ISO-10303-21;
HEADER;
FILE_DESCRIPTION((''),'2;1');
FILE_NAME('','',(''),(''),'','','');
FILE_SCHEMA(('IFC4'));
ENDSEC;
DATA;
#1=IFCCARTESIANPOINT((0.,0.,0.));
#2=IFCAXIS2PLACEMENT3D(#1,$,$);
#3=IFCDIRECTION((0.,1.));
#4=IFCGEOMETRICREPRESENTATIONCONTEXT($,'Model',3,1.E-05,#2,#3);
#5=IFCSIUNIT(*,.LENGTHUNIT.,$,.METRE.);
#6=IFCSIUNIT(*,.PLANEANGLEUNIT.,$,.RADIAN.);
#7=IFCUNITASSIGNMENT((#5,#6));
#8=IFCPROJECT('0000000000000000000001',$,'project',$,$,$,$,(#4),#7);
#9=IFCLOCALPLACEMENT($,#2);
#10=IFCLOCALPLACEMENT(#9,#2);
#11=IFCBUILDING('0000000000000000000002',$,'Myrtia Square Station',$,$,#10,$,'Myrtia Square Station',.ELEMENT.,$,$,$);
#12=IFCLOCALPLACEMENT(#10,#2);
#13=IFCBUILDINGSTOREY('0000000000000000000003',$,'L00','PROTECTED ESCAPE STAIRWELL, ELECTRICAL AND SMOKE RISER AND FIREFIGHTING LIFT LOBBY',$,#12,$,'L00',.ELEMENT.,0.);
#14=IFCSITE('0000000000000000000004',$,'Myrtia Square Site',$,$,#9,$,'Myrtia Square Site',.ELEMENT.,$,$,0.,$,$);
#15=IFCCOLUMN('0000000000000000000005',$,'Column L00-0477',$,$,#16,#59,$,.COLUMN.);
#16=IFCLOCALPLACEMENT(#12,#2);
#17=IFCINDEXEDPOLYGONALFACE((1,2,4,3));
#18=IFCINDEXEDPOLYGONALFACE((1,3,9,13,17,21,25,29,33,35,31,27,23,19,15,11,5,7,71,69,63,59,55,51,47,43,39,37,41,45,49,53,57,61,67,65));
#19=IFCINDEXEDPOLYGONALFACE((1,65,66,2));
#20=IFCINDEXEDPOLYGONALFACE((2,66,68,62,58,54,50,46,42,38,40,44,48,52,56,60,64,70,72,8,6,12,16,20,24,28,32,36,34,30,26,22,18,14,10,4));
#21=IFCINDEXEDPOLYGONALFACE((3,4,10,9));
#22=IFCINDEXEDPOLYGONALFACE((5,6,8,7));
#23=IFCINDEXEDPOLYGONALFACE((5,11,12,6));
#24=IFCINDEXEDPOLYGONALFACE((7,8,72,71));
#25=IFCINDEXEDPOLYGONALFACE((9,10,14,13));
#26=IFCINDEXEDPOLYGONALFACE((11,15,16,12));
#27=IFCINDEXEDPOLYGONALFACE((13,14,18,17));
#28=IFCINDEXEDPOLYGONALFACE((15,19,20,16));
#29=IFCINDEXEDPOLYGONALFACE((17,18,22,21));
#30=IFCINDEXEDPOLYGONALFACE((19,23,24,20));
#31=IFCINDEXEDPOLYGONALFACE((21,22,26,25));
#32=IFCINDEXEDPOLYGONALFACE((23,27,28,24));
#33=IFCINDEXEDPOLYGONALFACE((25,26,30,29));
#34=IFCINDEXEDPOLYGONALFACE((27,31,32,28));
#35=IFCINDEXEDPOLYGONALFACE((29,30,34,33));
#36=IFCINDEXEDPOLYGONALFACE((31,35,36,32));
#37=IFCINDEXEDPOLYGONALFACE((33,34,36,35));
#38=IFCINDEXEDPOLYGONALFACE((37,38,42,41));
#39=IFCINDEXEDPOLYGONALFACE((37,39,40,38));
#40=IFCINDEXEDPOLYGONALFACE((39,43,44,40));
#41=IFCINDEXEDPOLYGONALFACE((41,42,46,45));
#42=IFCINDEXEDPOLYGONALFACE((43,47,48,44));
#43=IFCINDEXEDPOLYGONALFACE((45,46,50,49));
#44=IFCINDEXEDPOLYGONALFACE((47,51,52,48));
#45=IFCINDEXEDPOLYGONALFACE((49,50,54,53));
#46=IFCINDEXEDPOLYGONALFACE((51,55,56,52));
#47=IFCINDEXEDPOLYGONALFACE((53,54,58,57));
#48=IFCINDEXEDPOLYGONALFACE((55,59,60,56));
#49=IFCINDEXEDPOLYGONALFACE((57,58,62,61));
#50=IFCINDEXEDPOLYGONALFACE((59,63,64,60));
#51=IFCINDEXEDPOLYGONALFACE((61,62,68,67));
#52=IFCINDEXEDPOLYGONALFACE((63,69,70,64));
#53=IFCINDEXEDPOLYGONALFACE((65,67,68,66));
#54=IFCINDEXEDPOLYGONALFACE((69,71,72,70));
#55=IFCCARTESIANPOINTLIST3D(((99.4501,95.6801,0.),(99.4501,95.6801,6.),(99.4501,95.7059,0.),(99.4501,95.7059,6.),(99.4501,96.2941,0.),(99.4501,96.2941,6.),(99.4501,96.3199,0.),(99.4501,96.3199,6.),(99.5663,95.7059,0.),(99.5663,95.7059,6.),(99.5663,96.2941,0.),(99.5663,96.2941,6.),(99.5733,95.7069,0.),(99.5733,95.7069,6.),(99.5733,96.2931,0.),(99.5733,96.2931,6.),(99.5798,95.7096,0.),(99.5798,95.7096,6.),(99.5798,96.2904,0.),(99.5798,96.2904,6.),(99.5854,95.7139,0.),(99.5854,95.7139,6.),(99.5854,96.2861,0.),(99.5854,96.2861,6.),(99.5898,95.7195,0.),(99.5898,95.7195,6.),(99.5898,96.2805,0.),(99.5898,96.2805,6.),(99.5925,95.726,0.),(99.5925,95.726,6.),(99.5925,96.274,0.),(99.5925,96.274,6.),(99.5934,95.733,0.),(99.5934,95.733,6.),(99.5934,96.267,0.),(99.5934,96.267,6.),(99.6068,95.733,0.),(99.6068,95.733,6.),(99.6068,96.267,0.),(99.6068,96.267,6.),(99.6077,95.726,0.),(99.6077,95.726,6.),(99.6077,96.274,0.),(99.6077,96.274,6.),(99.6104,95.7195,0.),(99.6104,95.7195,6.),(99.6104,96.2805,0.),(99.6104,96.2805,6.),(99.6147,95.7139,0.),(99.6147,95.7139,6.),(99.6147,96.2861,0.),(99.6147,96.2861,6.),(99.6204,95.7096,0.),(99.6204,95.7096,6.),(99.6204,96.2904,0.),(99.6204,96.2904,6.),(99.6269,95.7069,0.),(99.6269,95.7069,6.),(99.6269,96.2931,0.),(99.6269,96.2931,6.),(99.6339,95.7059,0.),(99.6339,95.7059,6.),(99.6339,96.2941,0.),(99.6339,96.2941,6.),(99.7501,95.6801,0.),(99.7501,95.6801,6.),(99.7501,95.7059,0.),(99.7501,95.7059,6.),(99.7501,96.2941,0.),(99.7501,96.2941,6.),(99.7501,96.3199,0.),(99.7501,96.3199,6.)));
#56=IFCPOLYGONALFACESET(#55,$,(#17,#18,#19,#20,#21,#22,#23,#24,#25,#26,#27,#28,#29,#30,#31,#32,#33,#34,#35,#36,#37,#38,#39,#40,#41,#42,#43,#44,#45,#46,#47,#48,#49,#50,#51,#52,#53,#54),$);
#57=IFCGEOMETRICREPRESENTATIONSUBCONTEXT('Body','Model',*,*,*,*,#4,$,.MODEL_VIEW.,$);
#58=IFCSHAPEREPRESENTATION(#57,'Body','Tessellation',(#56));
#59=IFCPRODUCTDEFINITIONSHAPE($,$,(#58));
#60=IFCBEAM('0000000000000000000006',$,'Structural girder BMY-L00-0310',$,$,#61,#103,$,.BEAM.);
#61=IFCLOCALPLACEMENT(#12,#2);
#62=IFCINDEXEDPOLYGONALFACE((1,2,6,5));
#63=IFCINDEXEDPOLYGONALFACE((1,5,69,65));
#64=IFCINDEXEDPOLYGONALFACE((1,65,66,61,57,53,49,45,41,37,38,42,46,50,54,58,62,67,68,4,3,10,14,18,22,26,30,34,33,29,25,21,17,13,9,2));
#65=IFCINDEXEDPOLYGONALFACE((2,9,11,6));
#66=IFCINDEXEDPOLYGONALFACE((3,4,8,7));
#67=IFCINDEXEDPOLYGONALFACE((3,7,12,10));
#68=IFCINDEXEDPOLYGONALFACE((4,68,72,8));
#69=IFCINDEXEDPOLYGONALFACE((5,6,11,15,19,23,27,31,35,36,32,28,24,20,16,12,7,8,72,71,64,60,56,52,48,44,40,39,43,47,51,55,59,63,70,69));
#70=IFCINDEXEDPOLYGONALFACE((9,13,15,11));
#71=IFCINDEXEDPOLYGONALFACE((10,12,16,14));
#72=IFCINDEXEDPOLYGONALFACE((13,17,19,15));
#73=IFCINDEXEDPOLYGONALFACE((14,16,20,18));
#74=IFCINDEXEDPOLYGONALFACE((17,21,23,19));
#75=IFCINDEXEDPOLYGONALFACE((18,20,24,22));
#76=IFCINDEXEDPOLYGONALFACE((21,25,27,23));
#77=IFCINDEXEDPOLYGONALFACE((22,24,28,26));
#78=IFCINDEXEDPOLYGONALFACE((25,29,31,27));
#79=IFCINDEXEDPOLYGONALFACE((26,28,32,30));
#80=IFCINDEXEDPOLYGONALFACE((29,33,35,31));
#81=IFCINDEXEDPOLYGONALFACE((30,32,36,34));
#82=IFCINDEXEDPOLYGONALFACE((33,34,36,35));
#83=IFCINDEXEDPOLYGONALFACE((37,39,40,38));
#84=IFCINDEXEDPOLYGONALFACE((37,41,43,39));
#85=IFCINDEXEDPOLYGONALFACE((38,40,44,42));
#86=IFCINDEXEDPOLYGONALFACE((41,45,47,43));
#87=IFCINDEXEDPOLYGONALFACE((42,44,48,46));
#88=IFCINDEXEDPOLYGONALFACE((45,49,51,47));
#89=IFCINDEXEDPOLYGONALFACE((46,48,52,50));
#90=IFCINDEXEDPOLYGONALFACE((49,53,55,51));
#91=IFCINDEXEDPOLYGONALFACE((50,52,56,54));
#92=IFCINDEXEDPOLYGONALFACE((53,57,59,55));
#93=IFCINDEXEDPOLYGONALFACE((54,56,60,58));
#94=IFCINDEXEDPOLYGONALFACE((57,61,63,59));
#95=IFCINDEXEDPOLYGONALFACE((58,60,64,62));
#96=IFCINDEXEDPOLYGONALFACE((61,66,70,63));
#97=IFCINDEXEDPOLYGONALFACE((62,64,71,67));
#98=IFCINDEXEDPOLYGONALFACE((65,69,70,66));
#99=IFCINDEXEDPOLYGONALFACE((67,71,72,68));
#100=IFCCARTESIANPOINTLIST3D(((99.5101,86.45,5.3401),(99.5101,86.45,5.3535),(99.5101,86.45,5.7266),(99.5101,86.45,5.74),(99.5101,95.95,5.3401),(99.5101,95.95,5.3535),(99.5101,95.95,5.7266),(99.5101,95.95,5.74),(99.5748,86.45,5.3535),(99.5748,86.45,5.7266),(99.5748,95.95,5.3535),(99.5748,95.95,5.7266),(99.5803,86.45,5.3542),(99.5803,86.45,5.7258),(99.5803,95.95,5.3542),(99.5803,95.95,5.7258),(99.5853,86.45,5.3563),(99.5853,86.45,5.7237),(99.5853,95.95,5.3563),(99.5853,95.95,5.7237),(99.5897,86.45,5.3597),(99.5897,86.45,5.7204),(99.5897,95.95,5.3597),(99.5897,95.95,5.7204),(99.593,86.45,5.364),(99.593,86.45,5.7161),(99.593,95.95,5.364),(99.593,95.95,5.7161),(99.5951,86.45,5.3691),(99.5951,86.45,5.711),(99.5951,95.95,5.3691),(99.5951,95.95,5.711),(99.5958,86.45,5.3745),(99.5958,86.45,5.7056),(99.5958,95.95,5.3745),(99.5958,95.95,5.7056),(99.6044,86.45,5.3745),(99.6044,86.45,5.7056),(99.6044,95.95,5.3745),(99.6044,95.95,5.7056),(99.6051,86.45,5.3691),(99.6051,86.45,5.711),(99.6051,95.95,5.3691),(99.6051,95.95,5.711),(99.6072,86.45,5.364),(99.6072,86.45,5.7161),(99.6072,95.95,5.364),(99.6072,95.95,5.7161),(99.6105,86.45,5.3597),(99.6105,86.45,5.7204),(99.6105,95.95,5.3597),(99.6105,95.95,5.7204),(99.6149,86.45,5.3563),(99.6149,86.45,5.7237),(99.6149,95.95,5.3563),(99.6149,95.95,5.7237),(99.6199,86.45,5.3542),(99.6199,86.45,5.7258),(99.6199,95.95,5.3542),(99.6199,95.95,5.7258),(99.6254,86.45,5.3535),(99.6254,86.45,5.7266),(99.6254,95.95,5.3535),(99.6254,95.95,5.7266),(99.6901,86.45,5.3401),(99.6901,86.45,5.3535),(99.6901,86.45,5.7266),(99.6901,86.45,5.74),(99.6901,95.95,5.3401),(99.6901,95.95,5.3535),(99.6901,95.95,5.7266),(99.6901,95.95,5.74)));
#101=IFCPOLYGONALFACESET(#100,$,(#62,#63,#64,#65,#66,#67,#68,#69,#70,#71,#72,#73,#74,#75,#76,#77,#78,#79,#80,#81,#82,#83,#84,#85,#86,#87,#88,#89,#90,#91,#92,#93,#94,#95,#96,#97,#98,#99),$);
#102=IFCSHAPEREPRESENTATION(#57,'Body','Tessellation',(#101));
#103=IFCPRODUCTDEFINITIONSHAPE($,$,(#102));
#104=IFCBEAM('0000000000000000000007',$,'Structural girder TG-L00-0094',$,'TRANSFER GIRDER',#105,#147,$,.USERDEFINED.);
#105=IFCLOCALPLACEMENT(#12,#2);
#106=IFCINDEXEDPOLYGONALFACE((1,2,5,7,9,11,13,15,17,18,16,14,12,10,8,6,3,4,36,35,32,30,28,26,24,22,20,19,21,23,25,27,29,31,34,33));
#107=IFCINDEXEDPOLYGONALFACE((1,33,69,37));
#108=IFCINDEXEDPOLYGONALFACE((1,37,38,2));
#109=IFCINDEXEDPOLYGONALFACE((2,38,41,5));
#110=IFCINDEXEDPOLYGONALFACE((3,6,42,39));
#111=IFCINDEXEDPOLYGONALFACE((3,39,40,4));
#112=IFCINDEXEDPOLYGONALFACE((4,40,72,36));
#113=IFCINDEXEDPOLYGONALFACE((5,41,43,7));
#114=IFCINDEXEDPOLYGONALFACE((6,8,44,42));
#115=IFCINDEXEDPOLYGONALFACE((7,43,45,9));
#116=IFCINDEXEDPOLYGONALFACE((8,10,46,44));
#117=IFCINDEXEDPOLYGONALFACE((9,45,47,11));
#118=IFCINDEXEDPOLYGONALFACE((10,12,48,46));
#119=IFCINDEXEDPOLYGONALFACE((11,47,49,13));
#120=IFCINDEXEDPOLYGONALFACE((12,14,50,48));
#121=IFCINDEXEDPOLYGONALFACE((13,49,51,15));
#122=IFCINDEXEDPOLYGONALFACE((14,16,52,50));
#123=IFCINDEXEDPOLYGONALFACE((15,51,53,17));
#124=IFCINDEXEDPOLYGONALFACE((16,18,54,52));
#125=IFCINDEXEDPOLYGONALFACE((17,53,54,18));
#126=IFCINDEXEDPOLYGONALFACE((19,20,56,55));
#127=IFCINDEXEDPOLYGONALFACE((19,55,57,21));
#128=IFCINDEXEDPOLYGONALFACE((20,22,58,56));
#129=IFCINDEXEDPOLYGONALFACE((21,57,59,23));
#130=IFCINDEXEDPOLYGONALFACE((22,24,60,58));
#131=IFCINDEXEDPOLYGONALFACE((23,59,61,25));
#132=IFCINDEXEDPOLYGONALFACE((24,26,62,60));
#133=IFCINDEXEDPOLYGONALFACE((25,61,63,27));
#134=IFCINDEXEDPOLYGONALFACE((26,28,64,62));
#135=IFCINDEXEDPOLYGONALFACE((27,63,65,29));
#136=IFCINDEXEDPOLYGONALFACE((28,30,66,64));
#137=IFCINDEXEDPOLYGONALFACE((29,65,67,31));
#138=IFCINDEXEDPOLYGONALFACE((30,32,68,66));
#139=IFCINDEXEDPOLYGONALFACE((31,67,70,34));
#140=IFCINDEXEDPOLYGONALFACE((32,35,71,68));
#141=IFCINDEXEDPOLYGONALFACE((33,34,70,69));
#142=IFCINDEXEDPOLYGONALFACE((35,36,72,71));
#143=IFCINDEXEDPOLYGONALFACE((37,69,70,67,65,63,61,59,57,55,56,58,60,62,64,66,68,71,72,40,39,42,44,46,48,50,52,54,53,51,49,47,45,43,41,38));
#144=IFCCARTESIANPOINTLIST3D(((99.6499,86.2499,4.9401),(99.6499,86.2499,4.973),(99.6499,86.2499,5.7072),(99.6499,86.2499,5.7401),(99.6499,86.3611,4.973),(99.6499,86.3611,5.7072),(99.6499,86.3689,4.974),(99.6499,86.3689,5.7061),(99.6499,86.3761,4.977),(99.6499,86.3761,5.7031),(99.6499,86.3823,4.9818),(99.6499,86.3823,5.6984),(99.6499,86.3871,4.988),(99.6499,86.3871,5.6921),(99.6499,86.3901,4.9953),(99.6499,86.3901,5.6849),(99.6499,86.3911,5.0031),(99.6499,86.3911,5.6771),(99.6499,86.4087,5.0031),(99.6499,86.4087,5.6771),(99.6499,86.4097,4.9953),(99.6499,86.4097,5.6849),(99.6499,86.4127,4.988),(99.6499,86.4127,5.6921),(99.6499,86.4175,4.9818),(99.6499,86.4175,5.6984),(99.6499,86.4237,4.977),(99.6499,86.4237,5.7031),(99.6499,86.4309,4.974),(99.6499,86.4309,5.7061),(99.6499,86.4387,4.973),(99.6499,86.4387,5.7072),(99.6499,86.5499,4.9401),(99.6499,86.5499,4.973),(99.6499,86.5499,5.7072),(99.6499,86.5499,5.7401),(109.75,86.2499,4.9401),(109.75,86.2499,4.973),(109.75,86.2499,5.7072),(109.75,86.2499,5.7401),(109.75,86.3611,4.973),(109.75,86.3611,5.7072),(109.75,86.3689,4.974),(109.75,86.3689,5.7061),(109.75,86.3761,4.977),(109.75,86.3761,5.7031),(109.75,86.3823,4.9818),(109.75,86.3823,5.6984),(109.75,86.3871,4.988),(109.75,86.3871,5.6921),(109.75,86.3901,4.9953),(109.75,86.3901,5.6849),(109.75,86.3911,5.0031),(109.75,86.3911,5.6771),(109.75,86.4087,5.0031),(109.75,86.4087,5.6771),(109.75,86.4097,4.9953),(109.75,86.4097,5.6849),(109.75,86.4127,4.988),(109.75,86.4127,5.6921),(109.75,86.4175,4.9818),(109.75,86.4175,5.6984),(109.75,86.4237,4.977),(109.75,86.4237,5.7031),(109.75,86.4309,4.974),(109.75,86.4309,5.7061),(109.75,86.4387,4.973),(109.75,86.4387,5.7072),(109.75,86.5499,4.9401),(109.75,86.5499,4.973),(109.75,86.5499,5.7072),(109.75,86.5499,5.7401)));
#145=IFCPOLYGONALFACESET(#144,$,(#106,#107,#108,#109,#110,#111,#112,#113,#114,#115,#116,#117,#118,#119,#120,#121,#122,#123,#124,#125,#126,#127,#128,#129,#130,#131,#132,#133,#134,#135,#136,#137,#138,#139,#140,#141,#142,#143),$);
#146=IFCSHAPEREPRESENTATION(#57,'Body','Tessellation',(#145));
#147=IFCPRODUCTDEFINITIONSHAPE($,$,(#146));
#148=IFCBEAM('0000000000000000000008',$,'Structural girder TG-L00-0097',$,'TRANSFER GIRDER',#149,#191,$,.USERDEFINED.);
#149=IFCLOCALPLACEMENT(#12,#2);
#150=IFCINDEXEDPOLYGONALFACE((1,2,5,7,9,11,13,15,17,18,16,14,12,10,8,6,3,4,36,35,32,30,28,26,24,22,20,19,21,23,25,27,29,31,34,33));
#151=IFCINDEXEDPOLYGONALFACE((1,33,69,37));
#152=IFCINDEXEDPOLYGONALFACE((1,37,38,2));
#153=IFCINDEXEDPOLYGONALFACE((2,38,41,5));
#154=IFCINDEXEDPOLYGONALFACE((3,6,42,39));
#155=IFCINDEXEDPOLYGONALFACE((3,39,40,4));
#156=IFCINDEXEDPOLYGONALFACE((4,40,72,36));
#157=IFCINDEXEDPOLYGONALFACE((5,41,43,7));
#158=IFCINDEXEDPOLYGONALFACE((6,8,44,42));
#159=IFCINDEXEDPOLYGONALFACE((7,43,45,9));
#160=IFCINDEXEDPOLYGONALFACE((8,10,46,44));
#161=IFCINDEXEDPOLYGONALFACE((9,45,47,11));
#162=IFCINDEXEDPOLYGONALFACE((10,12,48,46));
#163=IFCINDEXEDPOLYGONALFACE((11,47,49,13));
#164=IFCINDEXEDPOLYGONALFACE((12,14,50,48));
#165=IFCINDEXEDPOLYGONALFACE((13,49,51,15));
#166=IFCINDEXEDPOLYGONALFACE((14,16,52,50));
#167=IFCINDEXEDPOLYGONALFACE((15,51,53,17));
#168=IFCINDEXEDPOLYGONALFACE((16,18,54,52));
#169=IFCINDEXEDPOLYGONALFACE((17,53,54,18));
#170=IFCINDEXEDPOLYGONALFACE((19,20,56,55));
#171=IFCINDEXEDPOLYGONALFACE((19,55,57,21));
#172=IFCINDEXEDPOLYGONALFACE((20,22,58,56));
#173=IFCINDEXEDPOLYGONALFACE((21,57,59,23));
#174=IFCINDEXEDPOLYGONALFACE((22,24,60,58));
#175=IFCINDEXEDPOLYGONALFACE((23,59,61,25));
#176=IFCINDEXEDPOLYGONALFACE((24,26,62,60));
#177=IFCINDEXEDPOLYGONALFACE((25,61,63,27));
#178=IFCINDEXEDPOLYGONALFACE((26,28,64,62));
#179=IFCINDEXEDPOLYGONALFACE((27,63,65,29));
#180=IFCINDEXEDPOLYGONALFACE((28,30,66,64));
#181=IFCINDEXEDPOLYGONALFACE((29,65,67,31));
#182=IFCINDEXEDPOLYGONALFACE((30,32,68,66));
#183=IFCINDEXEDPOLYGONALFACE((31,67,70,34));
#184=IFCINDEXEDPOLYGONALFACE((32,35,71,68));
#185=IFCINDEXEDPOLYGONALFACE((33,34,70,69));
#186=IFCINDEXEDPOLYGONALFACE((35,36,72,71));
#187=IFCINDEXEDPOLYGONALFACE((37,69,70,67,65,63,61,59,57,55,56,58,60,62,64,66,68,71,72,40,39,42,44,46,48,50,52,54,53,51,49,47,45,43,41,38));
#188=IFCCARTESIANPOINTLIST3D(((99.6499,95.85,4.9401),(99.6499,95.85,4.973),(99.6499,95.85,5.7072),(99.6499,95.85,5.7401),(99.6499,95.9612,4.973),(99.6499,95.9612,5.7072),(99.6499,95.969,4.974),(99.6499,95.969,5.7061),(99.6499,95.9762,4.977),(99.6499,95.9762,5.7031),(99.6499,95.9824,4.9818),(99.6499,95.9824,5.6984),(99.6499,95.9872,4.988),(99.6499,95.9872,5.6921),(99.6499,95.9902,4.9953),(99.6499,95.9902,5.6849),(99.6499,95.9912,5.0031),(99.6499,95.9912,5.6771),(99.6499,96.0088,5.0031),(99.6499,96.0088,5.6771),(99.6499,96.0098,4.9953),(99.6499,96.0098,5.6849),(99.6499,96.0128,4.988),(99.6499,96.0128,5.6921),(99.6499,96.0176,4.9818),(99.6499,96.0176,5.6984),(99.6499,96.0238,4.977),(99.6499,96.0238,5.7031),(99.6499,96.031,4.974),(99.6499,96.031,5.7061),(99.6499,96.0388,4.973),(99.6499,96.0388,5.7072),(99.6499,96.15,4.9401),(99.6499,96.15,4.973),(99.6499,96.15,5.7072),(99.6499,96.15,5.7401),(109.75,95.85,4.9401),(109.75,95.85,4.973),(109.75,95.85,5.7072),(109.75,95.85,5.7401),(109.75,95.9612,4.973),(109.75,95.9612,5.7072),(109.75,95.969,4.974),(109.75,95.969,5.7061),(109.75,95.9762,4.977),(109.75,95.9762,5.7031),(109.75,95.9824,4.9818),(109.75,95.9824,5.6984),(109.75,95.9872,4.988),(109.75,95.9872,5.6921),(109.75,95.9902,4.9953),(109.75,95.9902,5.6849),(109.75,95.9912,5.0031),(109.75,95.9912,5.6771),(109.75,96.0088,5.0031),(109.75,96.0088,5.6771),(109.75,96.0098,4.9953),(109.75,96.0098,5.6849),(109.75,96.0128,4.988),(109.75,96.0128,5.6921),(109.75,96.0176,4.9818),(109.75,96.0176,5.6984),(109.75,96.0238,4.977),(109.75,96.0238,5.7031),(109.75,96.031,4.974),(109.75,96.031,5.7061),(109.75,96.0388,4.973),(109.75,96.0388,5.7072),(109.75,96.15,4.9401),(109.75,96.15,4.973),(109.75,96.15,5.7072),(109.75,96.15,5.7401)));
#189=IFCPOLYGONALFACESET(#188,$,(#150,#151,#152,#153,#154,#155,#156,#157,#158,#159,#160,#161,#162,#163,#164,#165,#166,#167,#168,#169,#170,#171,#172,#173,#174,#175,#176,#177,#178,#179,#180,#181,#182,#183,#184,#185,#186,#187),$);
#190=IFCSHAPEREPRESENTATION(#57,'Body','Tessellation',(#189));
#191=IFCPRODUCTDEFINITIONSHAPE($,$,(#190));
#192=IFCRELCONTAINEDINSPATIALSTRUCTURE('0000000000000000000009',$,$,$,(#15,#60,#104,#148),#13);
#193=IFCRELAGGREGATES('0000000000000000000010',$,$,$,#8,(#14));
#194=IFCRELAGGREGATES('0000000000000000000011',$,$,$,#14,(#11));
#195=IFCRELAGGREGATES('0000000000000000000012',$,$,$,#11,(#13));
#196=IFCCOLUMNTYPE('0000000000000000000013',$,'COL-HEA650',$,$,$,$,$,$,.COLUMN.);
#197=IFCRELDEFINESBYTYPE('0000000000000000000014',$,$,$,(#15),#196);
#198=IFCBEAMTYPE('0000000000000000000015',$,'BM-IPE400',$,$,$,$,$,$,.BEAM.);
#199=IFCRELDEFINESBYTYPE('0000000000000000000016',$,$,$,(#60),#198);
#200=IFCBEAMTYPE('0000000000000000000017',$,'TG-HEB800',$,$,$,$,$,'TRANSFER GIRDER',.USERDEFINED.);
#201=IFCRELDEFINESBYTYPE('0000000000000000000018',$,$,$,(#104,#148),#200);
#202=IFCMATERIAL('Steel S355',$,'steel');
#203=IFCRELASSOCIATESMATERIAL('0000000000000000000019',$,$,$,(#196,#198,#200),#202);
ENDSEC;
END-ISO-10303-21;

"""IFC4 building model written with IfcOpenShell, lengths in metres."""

from ifc_helpers import new_model, si_unit, direction, frame, origin, origin_2d, place, context, subcontext, project, spatial, i_section, extrude, material, material_profile, profile_set, type_object, element, save


model = new_model("IFC4")

# Units and contexts
model_context = context("Model", 3, precision=1e-05, world=origin(), true_north=direction((0.0, 1.0)))
body_context = subcontext(model_context, "Body", "Model", "MODEL_VIEW")
ifc_project = project(units=[si_unit("LENGTHUNIT", "METRE"), si_unit("PLANEANGLEUNIT", "RADIAN")], contexts=[model_context])

# Site, building, storey
site_placement = place(None, origin())
site = spatial("IfcSite", under=ifc_project, at=site_placement, Name="Myrtia Square Site", LongName="Myrtia Square Site", CompositionType="ELEMENT", RefElevation=0.0)
building_placement = place(site_placement, origin())
building = spatial("IfcBuilding", under=site, at=building_placement, Name="Myrtia Square Station", LongName="Myrtia Square Station", CompositionType="ELEMENT")
storey_placement = place(building_placement, origin())
storey = spatial("IfcBuildingStorey", under=building, at=storey_placement, Name="L00", Description="PROTECTED ESCAPE STAIRWELL, ELECTRICAL AND SMOKE RISER AND FIREFIGHTING LIFT LOBBY", LongName="L00", CompositionType="ELEMENT", Elevation=0.0)

# Column
ifc_material_1 = material(Name="Steel S355", Category="steel")
ifc_material_profile_1 = material_profile(ifc_material_1, i_section(OverallWidth=0.3, OverallDepth=0.6399, WebThickness=0.0134, FlangeThickness=0.0259, FilletRadius=0.0271, at=origin_2d()), Name="HEA 650")
ifc_profile_set_1 = profile_set([ifc_material_profile_1], Name="Steel S355")
column_type = type_object("IfcColumnType", Name="COL-HEA650", PredefinedType="COLUMN", material=ifc_profile_set_1)
column_placement = place(storey_placement, frame((99.6001, 96.0, 0.0), z_axis=(0.0, 0.0, 1.0), x_axis=(1.0, 0.0, 0.0)))
element("IfcColumn", 1, at=column_placement, inside=storey, type_object=column_type, Name="Column L00-0477", PredefinedType="COLUMN", context=body_context, shape_type="SweptSolid", body=[
    extrude(i_section(OverallWidth=0.3, OverallDepth=0.6399, WebThickness=0.0134, FlangeThickness=0.0259, FilletRadius=0.0271, at=origin_2d()), origin(), (0.0, 0.0, 1.0), 6.0),
])

# Beams
ifc_material_profile_2 = material_profile(ifc_material_1, i_section(OverallWidth=0.1799, OverallDepth=0.3999, WebThickness=0.0085, FlangeThickness=0.0134, FilletRadius=0.021, at=origin_2d()), Name="IPE 400")
ifc_profile_set_2 = profile_set([ifc_material_profile_2], Name="Steel S355")
beam_type_1 = type_object("IfcBeamType", Name="BM-IPE400", PredefinedType="BEAM", material=ifc_profile_set_2)
beam_placement = place(storey_placement, frame((99.6001, 86.45, 5.54), z_axis=(0.0, 1.0, 0.0), x_axis=(-1.0, 0.0, 0.0)))
element("IfcBeam", 2, at=beam_placement, inside=storey, type_object=beam_type_1, Name="Structural girder BMY-L00-0310", PredefinedType="BEAM", context=body_context, shape_type="SweptSolid", body=[
    extrude(i_section(OverallWidth=0.1799, OverallDepth=0.3999, WebThickness=0.0085, FlangeThickness=0.0134, FilletRadius=0.021, at=origin_2d()), origin(), (0.0, 0.0, 1.0), 9.5),
])
ifc_material_profile_3 = material_profile(ifc_material_1, i_section(OverallWidth=0.3, OverallDepth=0.8, WebThickness=0.0176, FlangeThickness=0.033, FilletRadius=0.03, at=origin_2d()), Name="HEB 800")
ifc_profile_set_3 = profile_set([ifc_material_profile_3], Name="Steel S355")
beam_type_2 = type_object("IfcBeamType", Name="TG-HEB800", ElementType="TRANSFER GIRDER", PredefinedType="USERDEFINED", material=ifc_profile_set_3)
for number, where, z_axis, x_axis, name in (
    (3, (99.6499, 86.3999, 5.3401), (1.0, 0.0, 0.0), (0.0, 1.0, 0.0), "Structural girder TG-L00-0094"),
    (4, (99.6499, 96.0, 5.3401), (1.0, 0.0, 0.0), (0.0, 1.0, 0.0), "Structural girder TG-L00-0097"),
):
    element("IfcBeam", number, at=place(storey_placement, frame(where, z_axis=z_axis, x_axis=x_axis)), inside=storey, type_object=beam_type_2, Name=name, ObjectType="TRANSFER GIRDER", PredefinedType="USERDEFINED", context=body_context, shape_type="SweptSolid", body=[
        extrude(i_section(OverallWidth=0.3, OverallDepth=0.8, WebThickness=0.0176, FlangeThickness=0.033, FilletRadius=0.03, at=origin_2d()), origin(), (0.0, 0.0, 1.0), 10.1001),
    ])

save(model, "model.ifc")
